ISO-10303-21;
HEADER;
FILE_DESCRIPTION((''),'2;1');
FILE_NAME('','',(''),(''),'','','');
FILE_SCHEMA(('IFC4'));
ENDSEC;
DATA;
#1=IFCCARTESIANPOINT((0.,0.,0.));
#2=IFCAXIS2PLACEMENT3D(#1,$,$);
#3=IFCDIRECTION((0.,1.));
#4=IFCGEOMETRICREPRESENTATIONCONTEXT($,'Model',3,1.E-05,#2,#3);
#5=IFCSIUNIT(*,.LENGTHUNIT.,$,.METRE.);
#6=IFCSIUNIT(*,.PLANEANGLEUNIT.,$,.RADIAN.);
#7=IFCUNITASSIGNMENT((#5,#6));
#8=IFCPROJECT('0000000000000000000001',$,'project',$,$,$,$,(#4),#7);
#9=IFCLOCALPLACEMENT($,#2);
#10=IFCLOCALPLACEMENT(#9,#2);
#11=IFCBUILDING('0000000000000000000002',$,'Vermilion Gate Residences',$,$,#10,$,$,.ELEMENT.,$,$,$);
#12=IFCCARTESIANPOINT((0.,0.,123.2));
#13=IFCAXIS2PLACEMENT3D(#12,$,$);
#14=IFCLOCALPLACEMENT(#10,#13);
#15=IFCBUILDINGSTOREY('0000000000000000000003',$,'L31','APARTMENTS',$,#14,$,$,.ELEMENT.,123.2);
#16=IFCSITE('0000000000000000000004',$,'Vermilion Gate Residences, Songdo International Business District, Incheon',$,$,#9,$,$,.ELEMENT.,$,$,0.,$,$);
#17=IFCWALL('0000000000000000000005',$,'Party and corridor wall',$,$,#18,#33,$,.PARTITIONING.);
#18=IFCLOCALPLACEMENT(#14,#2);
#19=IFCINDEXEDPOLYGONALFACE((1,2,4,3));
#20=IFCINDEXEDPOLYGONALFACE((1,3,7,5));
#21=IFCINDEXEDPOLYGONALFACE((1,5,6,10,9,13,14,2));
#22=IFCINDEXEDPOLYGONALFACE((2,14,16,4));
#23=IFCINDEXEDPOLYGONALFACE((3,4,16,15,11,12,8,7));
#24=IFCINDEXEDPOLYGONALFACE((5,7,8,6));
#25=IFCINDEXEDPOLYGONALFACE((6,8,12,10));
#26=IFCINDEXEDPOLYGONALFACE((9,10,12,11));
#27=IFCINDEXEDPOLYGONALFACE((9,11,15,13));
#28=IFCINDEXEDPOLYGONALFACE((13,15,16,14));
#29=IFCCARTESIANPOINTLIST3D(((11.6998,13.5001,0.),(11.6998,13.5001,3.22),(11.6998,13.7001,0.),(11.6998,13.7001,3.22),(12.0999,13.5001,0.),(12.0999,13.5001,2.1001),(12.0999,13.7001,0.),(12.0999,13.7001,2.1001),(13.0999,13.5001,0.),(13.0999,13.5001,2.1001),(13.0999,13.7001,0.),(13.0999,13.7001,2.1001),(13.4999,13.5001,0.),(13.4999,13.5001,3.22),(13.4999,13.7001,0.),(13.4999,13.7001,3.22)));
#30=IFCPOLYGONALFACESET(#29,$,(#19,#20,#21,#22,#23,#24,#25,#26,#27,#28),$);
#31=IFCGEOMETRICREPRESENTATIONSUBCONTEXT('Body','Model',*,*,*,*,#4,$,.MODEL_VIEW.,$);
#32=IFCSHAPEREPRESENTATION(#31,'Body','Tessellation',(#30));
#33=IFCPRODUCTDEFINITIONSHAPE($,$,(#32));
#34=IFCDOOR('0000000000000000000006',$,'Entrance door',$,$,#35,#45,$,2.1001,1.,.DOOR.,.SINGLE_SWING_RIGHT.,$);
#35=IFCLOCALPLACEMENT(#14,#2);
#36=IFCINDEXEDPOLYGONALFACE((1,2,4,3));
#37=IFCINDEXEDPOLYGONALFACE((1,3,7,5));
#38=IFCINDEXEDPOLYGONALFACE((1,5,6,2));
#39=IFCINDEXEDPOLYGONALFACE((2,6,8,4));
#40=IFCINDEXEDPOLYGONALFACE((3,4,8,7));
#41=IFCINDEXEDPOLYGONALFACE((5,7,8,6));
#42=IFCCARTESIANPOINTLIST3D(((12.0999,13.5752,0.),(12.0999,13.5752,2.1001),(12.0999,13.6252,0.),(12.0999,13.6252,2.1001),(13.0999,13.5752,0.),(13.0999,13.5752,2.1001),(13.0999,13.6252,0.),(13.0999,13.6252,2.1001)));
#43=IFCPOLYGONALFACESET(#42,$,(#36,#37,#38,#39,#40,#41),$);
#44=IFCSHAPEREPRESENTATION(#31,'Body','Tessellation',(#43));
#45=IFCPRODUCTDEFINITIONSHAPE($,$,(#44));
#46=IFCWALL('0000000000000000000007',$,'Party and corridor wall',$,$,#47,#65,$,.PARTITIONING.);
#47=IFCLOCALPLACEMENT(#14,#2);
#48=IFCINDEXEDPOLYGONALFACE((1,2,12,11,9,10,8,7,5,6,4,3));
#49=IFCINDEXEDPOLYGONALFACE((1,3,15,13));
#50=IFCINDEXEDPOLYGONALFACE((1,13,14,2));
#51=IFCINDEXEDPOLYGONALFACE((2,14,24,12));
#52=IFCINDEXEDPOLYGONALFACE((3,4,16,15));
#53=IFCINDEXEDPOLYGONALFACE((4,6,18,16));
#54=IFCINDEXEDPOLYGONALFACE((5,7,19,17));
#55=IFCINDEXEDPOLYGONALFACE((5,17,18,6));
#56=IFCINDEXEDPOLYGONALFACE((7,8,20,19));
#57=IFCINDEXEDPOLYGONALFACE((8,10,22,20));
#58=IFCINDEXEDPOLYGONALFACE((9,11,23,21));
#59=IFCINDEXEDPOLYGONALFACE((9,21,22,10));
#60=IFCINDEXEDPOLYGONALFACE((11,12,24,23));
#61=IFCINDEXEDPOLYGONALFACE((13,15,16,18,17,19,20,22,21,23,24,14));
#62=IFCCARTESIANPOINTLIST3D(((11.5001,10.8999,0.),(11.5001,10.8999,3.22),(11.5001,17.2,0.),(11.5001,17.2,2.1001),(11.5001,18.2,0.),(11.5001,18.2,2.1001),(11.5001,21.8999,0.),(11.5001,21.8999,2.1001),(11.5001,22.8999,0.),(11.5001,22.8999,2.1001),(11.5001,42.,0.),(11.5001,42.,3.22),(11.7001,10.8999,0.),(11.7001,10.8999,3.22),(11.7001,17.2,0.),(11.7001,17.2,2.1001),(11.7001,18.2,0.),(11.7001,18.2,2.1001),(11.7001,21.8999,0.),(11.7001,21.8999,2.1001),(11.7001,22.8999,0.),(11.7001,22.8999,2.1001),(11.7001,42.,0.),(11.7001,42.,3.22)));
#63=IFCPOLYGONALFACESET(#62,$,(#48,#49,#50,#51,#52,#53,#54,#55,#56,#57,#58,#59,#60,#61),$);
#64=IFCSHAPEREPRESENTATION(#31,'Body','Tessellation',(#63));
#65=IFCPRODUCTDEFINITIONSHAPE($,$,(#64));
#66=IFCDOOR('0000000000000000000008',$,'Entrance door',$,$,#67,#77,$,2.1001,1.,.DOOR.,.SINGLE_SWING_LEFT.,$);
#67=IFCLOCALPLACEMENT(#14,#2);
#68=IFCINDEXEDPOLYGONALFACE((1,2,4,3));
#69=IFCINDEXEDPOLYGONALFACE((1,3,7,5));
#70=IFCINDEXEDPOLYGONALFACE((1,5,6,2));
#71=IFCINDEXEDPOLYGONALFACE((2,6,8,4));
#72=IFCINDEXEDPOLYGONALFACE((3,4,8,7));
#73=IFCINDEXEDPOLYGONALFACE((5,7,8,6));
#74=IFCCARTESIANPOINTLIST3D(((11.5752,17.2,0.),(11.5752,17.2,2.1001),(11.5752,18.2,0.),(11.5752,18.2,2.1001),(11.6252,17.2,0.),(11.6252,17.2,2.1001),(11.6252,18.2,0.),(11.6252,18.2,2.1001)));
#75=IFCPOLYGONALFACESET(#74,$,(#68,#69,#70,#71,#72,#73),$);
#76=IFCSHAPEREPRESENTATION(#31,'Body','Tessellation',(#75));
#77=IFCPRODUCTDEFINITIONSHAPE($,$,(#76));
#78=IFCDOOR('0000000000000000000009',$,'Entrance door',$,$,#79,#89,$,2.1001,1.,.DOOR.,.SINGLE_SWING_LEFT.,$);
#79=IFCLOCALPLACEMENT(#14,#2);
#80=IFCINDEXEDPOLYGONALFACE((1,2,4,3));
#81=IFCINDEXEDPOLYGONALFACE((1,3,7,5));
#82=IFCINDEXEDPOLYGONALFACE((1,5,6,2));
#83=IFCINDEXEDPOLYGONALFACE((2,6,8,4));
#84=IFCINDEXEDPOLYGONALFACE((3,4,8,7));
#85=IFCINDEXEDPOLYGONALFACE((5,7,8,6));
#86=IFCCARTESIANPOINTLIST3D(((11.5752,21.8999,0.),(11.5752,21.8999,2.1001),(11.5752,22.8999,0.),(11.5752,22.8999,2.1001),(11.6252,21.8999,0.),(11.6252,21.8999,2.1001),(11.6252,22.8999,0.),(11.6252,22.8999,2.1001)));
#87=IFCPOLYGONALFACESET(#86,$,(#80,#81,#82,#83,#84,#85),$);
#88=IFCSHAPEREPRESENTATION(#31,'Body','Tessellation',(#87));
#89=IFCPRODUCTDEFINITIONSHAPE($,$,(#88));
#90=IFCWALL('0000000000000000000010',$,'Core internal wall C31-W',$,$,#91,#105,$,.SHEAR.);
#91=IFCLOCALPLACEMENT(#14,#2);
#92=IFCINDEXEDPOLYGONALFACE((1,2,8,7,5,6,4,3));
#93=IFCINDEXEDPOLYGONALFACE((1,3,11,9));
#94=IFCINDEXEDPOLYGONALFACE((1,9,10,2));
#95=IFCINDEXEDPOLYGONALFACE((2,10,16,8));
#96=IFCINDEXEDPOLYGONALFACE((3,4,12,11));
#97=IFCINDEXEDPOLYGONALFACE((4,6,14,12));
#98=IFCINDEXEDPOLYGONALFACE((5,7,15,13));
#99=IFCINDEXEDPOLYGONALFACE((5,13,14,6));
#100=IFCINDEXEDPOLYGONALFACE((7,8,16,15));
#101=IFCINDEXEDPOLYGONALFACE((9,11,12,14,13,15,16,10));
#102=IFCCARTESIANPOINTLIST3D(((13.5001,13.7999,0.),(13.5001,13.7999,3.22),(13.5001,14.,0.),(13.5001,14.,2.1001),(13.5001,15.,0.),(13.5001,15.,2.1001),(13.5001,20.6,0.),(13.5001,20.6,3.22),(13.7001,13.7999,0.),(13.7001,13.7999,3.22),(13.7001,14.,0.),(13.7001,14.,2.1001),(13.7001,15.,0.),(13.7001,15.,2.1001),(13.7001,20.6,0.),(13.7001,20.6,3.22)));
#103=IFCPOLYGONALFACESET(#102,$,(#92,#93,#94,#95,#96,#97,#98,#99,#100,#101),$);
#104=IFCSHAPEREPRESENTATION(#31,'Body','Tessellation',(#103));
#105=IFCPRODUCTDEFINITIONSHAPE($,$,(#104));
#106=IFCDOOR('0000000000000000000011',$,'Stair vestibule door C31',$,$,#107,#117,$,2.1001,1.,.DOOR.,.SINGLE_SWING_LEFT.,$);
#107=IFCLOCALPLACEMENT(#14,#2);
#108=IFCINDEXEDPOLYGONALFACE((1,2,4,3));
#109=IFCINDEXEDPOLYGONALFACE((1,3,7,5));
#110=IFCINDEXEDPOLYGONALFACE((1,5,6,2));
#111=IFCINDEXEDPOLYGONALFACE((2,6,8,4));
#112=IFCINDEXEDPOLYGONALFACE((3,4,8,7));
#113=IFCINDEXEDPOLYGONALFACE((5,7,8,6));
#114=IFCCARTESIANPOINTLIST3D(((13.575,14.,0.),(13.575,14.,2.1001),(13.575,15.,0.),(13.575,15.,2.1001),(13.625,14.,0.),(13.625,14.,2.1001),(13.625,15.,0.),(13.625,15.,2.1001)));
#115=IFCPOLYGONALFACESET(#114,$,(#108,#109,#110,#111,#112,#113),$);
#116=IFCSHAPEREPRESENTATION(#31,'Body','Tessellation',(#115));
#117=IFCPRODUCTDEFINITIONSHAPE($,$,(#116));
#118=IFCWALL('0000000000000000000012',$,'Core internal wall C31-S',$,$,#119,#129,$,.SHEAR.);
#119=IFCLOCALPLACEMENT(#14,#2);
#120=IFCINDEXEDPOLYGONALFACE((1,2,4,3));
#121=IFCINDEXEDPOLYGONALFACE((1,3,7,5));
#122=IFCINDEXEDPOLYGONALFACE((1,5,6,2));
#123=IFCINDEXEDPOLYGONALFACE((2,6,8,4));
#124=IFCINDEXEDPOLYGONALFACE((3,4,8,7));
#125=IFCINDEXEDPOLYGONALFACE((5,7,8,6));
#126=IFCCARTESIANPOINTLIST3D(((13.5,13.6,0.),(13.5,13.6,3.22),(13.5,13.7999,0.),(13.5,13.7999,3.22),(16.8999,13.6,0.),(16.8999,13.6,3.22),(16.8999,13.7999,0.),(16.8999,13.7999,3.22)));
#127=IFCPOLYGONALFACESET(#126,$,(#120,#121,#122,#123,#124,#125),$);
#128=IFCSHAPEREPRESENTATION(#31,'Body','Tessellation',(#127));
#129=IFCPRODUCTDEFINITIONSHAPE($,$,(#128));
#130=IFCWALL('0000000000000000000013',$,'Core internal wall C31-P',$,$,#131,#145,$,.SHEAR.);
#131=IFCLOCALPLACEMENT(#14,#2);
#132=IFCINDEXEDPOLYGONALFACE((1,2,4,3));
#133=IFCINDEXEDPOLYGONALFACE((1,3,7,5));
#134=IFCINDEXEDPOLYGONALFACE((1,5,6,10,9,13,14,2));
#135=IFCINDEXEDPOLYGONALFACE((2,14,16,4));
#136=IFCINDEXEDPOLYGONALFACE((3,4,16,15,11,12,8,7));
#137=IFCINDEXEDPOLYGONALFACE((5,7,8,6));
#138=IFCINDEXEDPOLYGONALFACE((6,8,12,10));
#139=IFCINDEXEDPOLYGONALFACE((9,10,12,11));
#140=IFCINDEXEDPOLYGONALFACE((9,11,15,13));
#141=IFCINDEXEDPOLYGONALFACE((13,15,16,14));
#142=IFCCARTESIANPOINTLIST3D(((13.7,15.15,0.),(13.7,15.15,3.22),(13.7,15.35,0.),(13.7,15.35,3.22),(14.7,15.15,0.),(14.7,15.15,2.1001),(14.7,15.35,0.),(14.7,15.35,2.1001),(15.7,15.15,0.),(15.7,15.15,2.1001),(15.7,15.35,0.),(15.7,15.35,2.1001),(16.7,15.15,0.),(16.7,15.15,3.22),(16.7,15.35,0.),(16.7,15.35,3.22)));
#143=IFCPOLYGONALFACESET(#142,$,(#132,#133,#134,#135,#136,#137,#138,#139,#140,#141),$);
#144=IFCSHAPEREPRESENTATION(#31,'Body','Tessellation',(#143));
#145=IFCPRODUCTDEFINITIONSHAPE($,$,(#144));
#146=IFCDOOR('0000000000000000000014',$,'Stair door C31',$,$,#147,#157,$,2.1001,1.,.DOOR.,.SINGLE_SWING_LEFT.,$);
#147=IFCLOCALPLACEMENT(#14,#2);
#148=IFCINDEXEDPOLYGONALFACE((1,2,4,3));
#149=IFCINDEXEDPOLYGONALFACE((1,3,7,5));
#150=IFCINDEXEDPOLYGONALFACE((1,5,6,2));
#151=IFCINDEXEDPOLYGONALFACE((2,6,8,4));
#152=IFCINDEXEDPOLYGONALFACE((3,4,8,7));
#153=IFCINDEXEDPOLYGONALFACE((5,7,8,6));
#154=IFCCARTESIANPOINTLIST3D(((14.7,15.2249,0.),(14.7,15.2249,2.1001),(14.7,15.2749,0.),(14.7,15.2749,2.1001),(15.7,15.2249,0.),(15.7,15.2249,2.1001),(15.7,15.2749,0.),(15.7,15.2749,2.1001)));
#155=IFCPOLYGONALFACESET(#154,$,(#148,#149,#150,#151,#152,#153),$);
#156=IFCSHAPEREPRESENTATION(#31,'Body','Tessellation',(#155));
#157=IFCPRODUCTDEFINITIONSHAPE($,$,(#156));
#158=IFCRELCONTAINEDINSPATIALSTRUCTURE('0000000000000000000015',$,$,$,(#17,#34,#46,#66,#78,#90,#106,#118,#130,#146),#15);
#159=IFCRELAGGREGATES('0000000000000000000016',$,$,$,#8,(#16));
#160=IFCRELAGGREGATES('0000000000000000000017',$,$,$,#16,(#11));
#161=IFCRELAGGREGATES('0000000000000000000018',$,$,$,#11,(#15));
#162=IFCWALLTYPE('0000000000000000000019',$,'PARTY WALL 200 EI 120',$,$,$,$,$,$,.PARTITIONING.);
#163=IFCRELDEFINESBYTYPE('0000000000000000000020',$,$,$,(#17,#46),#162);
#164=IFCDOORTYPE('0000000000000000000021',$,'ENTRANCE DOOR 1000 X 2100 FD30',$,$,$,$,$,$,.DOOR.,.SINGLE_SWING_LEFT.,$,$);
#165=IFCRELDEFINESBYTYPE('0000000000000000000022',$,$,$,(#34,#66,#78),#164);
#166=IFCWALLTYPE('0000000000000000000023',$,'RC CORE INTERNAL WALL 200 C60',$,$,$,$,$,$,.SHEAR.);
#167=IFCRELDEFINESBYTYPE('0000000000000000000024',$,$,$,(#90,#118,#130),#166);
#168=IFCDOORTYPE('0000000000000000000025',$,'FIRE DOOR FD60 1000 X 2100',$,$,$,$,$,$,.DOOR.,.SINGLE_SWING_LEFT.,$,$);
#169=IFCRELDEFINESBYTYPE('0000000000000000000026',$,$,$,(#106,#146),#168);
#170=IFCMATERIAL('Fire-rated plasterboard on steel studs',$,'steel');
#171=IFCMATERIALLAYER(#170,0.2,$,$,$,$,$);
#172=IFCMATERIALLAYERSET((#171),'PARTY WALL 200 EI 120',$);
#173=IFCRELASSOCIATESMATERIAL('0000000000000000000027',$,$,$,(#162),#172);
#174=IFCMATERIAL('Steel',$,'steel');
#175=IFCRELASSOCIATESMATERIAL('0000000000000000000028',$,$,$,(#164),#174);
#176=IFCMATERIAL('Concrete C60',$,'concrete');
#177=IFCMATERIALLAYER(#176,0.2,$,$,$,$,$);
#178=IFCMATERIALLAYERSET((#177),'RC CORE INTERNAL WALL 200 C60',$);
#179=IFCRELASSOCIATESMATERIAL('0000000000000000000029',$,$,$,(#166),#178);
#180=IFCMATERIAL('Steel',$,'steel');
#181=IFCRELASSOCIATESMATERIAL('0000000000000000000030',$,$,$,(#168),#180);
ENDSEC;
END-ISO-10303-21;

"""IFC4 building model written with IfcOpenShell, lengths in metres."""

from ifc_helpers import new_model, si_unit, direction, frame, frame_2d, origin, place, context, subcontext, project, spatial, rectangle, extrude, material, layer, layer_set, type_object, element, fill, save


model = new_model("IFC4")

# Units and contexts
model_context = context("Model", 3, precision=1e-05, world=origin(), true_north=direction((0.0, 1.0)))
body_context = subcontext(model_context, "Body", "Model", "MODEL_VIEW")
ifc_project = project(units=[si_unit("LENGTHUNIT", "METRE"), si_unit("PLANEANGLEUNIT", "RADIAN")], contexts=[model_context])

# Site, building, storey
site_placement = place(None, origin())
site = spatial("IfcSite", under=ifc_project, at=site_placement, Name="Vermilion Gate Residences, Songdo International Business District, Incheon", CompositionType="ELEMENT", RefElevation=0.0)
building_placement = place(site_placement, origin())
building = spatial("IfcBuilding", under=site, at=building_placement, Name="Vermilion Gate Residences", CompositionType="ELEMENT")
storey_placement = place(building_placement, frame((0.0, 0.0, 123.2)))
storey = spatial("IfcBuildingStorey", under=building, at=storey_placement, Name="L31", Description="APARTMENTS", CompositionType="ELEMENT", Elevation=123.2)

# Wall, opening, door
ifc_material_1 = material(Name="Fire-rated plasterboard on steel studs", Category="steel")
ifc_layer_1 = layer(ifc_material_1, 0.2)
ifc_layer_set_1 = layer_set([ifc_layer_1], Name="PARTY WALL 200 EI 120")
wall_type_1 = type_object("IfcWallType", Name="PARTY WALL 200 EI 120", PredefinedType="PARTITIONING", material=ifc_layer_set_1)
wall_1_placement = place(storey_placement, frame((11.7, 13.6001, 0.0), z_axis=(0.0, 0.0, 1.0), x_axis=(1.0, 0.0, 0.0)))
wall_1 = element("IfcWall", 1, at=wall_1_placement, inside=storey, type_object=wall_type_1, Name="Party and corridor wall", PredefinedType="PARTITIONING", context=body_context, shape_type="SweptSolid", body=[
    extrude(rectangle(XDim=1.8, YDim=0.2, at=frame_2d((0.8999, 0.0))), origin(), (0.0, 0.0, 1.0), 3.22),
])
opening_1_placement = place(wall_1_placement, frame((0.3999, 0.0, 0.0)))
opening_1 = element("IfcOpeningElement", 2, at=opening_1_placement, cuts=wall_1, PredefinedType="OPENING", context=body_context, shape_type="SweptSolid", body=[
    extrude(rectangle(XDim=1.0, YDim=2.1001, at=frame_2d((0.5, 1.05))), frame((0.0, 0.1099, 0.0), z_axis=(0.0, -1.0, 0.0), x_axis=(1.0, 0.0, 0.0)), (0.0, 0.0, 1.0), 0.22),
])
ifc_material_2 = material(Name="Steel", Category="steel")
door_type_1 = type_object("IfcDoorType", Name="ENTRANCE DOOR 1000 X 2100 FD30", OperationType="SINGLE_SWING_LEFT", PredefinedType="DOOR", material=ifc_material_2)
door_1_placement = place(opening_1_placement, frame((1.0, 0.0, 0.0), z_axis=(0.0, 0.0, 1.0), x_axis=(-1.0, 0.0, 0.0)))
door_1 = element("IfcDoor", 3, at=door_1_placement, inside=storey, type_object=door_type_1, Name="Entrance door", OperationType="SINGLE_SWING_RIGHT", OverallHeight=2.1001, OverallWidth=1.0, PredefinedType="DOOR", context=body_context, shape_type="SweptSolid", body=[
    extrude(rectangle(XDim=1.0, YDim=2.1001, at=frame_2d((0.5, 1.05))), frame((0.0, 0.0249, 0.0), z_axis=(0.0, -1.0, 0.0), x_axis=(1.0, 0.0, 0.0)), (0.0, 0.0, 1.0), 0.05),
])
fill(opening_1, door_1)

# Wall, openings, doors
wall_2_placement = place(storey_placement, frame((11.6001, 10.8999, 0.0), z_axis=(0.0, 0.0, 1.0), x_axis=(0.0, 1.0, 0.0)))
wall_2 = element("IfcWall", 4, at=wall_2_placement, inside=storey, type_object=wall_type_1, Name="Party and corridor wall", PredefinedType="PARTITIONING", context=body_context, shape_type="SweptSolid", body=[
    extrude(rectangle(XDim=31.1001, YDim=0.2, at=frame_2d((15.55, 0.0))), origin(), (0.0, 0.0, 1.0), 3.22),
])
opening_2_placement = place(wall_2_placement, frame((6.3, 0.0, 0.0)))
opening_2 = element("IfcOpeningElement", 5, at=opening_2_placement, cuts=wall_2, PredefinedType="OPENING", context=body_context, shape_type="SweptSolid", body=[
    extrude(rectangle(XDim=1.0, YDim=2.1001, at=frame_2d((0.5, 1.05))), frame((0.0, 0.1099, 0.0), z_axis=(0.0, -1.0, 0.0), x_axis=(1.0, 0.0, 0.0)), (0.0, 0.0, 1.0), 0.22),
])
opening_3_placement = place(wall_2_placement, frame((11.0, 0.0, 0.0)))
opening_3 = element("IfcOpeningElement", 6, at=opening_3_placement, cuts=wall_2, PredefinedType="OPENING", context=body_context, shape_type="SweptSolid", body=[
    extrude(rectangle(XDim=1.0, YDim=2.1001, at=frame_2d((0.5, 1.05))), frame((0.0, 0.1099, 0.0), z_axis=(0.0, -1.0, 0.0), x_axis=(1.0, 0.0, 0.0)), (0.0, 0.0, 1.0), 0.22),
])
door_2_placement = place(opening_2_placement, origin())
door_2 = element("IfcDoor", 7, at=door_2_placement, inside=storey, type_object=door_type_1, Name="Entrance door", OperationType="SINGLE_SWING_LEFT", OverallHeight=2.1001, OverallWidth=1.0, PredefinedType="DOOR", context=body_context, shape_type="SweptSolid", body=[
    extrude(rectangle(XDim=1.0, YDim=2.1001, at=frame_2d((0.5, 1.05))), frame((0.0, 0.0249, 0.0), z_axis=(0.0, -1.0, 0.0), x_axis=(1.0, 0.0, 0.0)), (0.0, 0.0, 1.0), 0.05),
])
fill(opening_2, door_2)
door_3_placement = place(opening_3_placement, origin())
door_3 = element("IfcDoor", 8, at=door_3_placement, inside=storey, type_object=door_type_1, Name="Entrance door", OperationType="SINGLE_SWING_LEFT", OverallHeight=2.1001, OverallWidth=1.0, PredefinedType="DOOR", context=body_context, shape_type="SweptSolid", body=[
    extrude(rectangle(XDim=1.0, YDim=2.1001, at=frame_2d((0.5, 1.05))), frame((0.0, 0.0249, 0.0), z_axis=(0.0, -1.0, 0.0), x_axis=(1.0, 0.0, 0.0)), (0.0, 0.0, 1.0), 0.05),
])
fill(opening_3, door_3)

# Wall, opening, door
ifc_material_3 = material(Name="Concrete C60", Category="concrete")
ifc_layer_2 = layer(ifc_material_3, 0.2)
ifc_layer_set_2 = layer_set([ifc_layer_2], Name="RC CORE INTERNAL WALL 200 C60")
wall_type_2 = type_object("IfcWallType", Name="RC CORE INTERNAL WALL 200 C60", PredefinedType="SHEAR", material=ifc_layer_set_2)
wall_3_placement = place(storey_placement, frame((13.6001, 13.8, 0.0), z_axis=(0.0, 0.0, 1.0), x_axis=(0.0, 1.0, 0.0)))
wall_3 = element("IfcWall", 9, at=wall_3_placement, inside=storey, type_object=wall_type_2, Name="Core internal wall C31-W", PredefinedType="SHEAR", context=body_context, shape_type="SweptSolid", body=[
    extrude(rectangle(XDim=6.8, YDim=0.2, at=frame_2d((3.3999, 0.0))), origin(), (0.0, 0.0, 1.0), 3.22),
])
opening_4_placement = place(wall_3_placement, frame((0.2, 0.0, 0.0)))
opening_4 = element("IfcOpeningElement", 10, at=opening_4_placement, cuts=wall_3, PredefinedType="OPENING", context=body_context, shape_type="SweptSolid", body=[
    extrude(rectangle(XDim=1.0, YDim=2.1001, at=frame_2d((0.5, 1.05))), frame((0.0, 0.1099, 0.0), z_axis=(0.0, -1.0, 0.0), x_axis=(1.0, 0.0, 0.0)), (0.0, 0.0, 1.0), 0.22),
])
ifc_material_4 = material(Name="Steel", Category="steel")
door_type_2 = type_object("IfcDoorType", Name="FIRE DOOR FD60 1000 X 2100", OperationType="SINGLE_SWING_LEFT", PredefinedType="DOOR", material=ifc_material_4)
door_4_placement = place(opening_4_placement, frame((1.0, 0.0, 0.0), z_axis=(0.0, 0.0, 1.0), x_axis=(-1.0, 0.0, 0.0)))
door_4 = element("IfcDoor", 11, at=door_4_placement, inside=storey, type_object=door_type_2, Name="Stair vestibule door C31", OperationType="SINGLE_SWING_LEFT", OverallHeight=2.1001, OverallWidth=1.0, PredefinedType="DOOR", context=body_context, shape_type="SweptSolid", body=[
    extrude(rectangle(XDim=1.0, YDim=2.1001, at=frame_2d((0.5, 1.05))), frame((0.0, 0.0249, 0.0), z_axis=(0.0, -1.0, 0.0), x_axis=(1.0, 0.0, 0.0)), (0.0, 0.0, 1.0), 0.05),
])
fill(opening_4, door_4)

# Wall
wall_4_placement = place(storey_placement, frame((13.5, 13.7, 0.0), z_axis=(0.0, 0.0, 1.0), x_axis=(1.0, 0.0, 0.0)))
element("IfcWall", 12, at=wall_4_placement, inside=storey, type_object=wall_type_2, Name="Core internal wall C31-S", PredefinedType="SHEAR", context=body_context, shape_type="SweptSolid", body=[
    extrude(rectangle(XDim=3.3999, YDim=0.2, at=frame_2d((1.7, 0.0))), origin(), (0.0, 0.0, 1.0), 3.22),
])

# Wall, opening, door
wall_5_placement = place(storey_placement, frame((13.7, 15.25, 0.0), z_axis=(0.0, 0.0, 1.0), x_axis=(1.0, 0.0, 0.0)))
wall_5 = element("IfcWall", 13, at=wall_5_placement, inside=storey, type_object=wall_type_2, Name="Core internal wall C31-P", PredefinedType="SHEAR", context=body_context, shape_type="SweptSolid", body=[
    extrude(rectangle(XDim=3.0, YDim=0.2, at=frame_2d((1.5, 0.0))), origin(), (0.0, 0.0, 1.0), 3.22),
])
opening_5_placement = place(wall_5_placement, frame((1.0, 0.0, 0.0)))
opening_5 = element("IfcOpeningElement", 14, at=opening_5_placement, cuts=wall_5, PredefinedType="OPENING", context=body_context, shape_type="SweptSolid", body=[
    extrude(rectangle(XDim=1.0, YDim=2.1001, at=frame_2d((0.5, 1.05))), frame((0.0, 0.1099, 0.0), z_axis=(0.0, -1.0, 0.0), x_axis=(1.0, 0.0, 0.0)), (0.0, 0.0, 1.0), 0.22),
])
door_5_placement = place(opening_5_placement, origin())
door_5 = element("IfcDoor", 15, at=door_5_placement, inside=storey, type_object=door_type_2, Name="Stair door C31", OperationType="SINGLE_SWING_LEFT", OverallHeight=2.1001, OverallWidth=1.0, PredefinedType="DOOR", context=body_context, shape_type="SweptSolid", body=[
    extrude(rectangle(XDim=1.0, YDim=2.1001, at=frame_2d((0.5, 1.05))), frame((0.0, 0.0249, 0.0), z_axis=(0.0, -1.0, 0.0), x_axis=(1.0, 0.0, 0.0)), (0.0, 0.0, 1.0), 0.05),
])
fill(opening_5, door_5)

save(model, "model.ifc")
